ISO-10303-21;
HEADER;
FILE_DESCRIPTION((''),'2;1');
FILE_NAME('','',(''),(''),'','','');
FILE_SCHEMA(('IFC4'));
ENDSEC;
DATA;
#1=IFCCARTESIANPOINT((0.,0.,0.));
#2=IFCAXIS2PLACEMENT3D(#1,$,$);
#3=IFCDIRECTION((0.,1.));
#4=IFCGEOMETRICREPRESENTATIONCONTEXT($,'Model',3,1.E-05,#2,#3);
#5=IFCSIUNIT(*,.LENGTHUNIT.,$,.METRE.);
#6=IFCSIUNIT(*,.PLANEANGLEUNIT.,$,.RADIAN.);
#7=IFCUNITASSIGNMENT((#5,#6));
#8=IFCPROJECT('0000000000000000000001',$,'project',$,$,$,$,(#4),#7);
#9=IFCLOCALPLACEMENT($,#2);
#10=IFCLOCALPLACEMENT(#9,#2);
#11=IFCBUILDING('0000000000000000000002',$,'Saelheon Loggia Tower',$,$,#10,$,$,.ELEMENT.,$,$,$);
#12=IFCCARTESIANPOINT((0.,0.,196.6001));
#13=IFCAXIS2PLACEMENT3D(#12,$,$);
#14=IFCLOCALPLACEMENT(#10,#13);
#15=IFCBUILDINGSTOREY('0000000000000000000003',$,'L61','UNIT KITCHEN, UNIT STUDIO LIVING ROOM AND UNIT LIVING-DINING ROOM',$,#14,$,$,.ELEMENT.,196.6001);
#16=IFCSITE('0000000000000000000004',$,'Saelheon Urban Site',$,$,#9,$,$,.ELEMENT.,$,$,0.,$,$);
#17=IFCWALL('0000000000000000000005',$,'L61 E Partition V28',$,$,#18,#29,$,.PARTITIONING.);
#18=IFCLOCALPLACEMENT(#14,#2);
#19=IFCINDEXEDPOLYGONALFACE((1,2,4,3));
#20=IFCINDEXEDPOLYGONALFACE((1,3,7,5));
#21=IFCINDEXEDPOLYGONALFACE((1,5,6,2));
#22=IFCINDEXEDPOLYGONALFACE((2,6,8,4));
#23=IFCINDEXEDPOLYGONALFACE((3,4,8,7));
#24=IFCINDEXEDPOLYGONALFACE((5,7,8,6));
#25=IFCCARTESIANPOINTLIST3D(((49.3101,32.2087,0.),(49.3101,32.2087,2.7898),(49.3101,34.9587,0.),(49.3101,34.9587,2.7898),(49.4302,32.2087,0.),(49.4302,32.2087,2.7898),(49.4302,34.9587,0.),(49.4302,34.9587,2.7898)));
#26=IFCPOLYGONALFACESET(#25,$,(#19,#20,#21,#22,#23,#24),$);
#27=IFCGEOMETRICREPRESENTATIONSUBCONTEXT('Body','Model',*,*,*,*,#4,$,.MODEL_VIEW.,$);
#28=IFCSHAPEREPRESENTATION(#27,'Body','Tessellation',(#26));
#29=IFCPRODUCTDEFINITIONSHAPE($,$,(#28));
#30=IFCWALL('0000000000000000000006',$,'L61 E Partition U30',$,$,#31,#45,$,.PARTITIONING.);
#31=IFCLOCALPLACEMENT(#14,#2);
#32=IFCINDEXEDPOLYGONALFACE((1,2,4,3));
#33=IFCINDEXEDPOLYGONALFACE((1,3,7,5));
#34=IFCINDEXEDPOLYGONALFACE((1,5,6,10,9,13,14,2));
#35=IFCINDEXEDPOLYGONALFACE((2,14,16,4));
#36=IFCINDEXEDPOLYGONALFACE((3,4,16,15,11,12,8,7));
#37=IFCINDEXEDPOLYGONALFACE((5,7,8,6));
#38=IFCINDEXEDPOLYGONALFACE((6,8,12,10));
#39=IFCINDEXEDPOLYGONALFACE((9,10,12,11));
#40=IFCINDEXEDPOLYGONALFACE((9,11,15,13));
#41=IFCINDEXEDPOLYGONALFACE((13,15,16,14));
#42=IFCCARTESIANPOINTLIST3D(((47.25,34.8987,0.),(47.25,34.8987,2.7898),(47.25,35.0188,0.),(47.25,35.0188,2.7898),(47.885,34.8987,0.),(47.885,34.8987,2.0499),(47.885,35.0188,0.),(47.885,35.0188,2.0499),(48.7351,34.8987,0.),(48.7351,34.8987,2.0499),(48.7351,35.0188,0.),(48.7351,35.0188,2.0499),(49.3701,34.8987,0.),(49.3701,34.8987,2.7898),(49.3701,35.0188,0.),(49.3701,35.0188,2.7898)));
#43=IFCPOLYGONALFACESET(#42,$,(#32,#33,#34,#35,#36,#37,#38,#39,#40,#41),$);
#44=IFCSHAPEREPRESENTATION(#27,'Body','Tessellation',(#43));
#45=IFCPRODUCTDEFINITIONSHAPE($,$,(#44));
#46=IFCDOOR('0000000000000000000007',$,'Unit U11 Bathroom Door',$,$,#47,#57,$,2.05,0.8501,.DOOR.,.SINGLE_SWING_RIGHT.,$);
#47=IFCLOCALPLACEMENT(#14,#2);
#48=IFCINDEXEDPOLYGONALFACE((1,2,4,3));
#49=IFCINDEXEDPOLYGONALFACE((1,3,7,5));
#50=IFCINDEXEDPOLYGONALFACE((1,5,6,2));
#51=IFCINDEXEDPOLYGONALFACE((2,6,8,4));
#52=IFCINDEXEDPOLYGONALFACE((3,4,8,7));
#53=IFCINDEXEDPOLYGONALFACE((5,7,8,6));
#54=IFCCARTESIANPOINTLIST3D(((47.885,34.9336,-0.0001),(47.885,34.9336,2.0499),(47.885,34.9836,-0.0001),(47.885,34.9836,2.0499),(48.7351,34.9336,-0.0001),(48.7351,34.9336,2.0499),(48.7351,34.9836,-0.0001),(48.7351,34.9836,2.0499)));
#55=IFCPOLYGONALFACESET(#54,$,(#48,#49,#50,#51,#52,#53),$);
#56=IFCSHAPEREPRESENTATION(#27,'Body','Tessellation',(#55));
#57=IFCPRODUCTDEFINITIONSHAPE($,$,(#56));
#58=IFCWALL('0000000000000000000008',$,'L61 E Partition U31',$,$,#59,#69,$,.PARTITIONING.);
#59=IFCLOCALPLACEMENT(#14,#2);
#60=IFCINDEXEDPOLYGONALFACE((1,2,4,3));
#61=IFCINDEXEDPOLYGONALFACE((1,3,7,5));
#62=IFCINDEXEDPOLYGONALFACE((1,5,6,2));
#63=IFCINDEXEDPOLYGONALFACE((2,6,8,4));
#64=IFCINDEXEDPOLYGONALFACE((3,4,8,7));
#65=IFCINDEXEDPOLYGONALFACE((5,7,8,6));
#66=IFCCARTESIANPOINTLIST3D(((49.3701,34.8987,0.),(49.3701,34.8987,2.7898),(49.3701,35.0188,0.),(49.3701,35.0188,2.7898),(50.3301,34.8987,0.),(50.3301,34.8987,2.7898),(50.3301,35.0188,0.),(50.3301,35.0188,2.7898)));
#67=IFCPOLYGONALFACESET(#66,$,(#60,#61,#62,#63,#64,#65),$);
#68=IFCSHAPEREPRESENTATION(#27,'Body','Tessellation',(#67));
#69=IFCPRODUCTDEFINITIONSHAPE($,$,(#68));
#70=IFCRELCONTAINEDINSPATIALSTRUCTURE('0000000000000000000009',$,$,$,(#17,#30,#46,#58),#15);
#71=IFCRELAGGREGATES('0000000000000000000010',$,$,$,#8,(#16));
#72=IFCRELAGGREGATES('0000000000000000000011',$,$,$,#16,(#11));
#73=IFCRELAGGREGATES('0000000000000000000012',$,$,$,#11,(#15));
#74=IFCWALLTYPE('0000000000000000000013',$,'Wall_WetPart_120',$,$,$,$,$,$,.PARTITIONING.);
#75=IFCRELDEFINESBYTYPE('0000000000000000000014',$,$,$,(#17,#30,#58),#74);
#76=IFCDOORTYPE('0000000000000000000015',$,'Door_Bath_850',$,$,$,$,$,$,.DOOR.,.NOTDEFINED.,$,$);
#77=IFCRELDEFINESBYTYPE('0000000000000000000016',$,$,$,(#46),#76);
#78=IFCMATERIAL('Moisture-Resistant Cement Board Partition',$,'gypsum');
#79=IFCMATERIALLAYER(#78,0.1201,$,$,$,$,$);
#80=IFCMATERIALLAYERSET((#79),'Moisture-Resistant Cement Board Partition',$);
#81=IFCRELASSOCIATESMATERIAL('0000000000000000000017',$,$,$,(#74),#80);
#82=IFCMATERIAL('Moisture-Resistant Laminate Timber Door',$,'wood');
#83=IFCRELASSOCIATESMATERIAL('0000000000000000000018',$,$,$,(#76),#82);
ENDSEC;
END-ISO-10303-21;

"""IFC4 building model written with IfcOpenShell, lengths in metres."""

from ifc_helpers import new_model, si_unit, direction, frame, frame_2d, origin, place, context, subcontext, project, spatial, rectangle, extrude, source, transform, mapped, material, layer, layer_set, type_object, element, fill, save


model = new_model("IFC4")

# Units and contexts
model_context = context("Model", 3, precision=1e-05, world=origin(), true_north=direction((0.0, 1.0)))
body_context = subcontext(model_context, "Body", "Model", "MODEL_VIEW")
ifc_project = project(units=[si_unit("LENGTHUNIT", "METRE"), si_unit("PLANEANGLEUNIT", "RADIAN")], contexts=[model_context])

# Site, building, storey
site_placement = place(None, origin())
site = spatial("IfcSite", under=ifc_project, at=site_placement, Name="Saelheon Urban Site", CompositionType="ELEMENT", RefElevation=0.0)
building_placement = place(site_placement, origin())
building = spatial("IfcBuilding", under=site, at=building_placement, Name="Saelheon Loggia Tower", CompositionType="ELEMENT")
storey_placement = place(building_placement, frame((0.0, 0.0, 196.6001)))
storey = spatial("IfcBuildingStorey", under=building, at=storey_placement, Name="L61", Description="UNIT KITCHEN, UNIT STUDIO LIVING ROOM AND UNIT LIVING-DINING ROOM", CompositionType="ELEMENT", Elevation=196.6001)

# Wall
ifc_material_1 = material(Name="Moisture-Resistant Cement Board Partition", Category="gypsum")
ifc_layer_1 = layer(ifc_material_1, 0.1201)
ifc_layer_set_1 = layer_set([ifc_layer_1], Name="Moisture-Resistant Cement Board Partition")
wall_type_1 = type_object("IfcWallType", Name="Wall_WetPart_120", PredefinedType="PARTITIONING", material=ifc_layer_set_1)
wall_1_placement = place(storey_placement, frame((49.3701, 32.2087, 0.0), z_axis=(0.0, 0.0, 1.0), x_axis=(0.0, 1.0, 0.0)))
element("IfcWall", 1, at=wall_1_placement, inside=storey, type_object=wall_type_1, Name="L61 E Partition V28", PredefinedType="PARTITIONING", context=body_context, shape_type="SweptSolid", body=[
    extrude(rectangle(XDim=2.75, YDim=0.1201, at=frame_2d((1.375, 0.0))), origin(), (0.0, 0.0, 1.0), 2.7898),
])

# Wall, opening, door
wall_2_placement = place(storey_placement, frame((47.25, 34.9587, 0.0), z_axis=(0.0, 0.0, 1.0), x_axis=(1.0, 0.0, 0.0)))
wall_2 = element("IfcWall", 2, at=wall_2_placement, inside=storey, type_object=wall_type_1, Name="L61 E Partition U30", PredefinedType="PARTITIONING", context=body_context, shape_type="SweptSolid", body=[
    extrude(rectangle(XDim=2.1201, YDim=0.1201, at=frame_2d((1.0601, 0.0))), origin(), (0.0, 0.0, 1.0), 2.7898),
])
opening_1_placement = place(wall_2_placement, frame((0.635, 0.0, 0.0)))
opening_1 = element("IfcOpeningElement", 3, at=opening_1_placement, cuts=wall_2, PredefinedType="OPENING", context=body_context, shape_type="SweptSolid", body=[
    extrude(rectangle(XDim=0.8501, YDim=2.05, at=frame_2d((0.425, 1.0249))), frame((0.0, 0.072, 0.0), z_axis=(0.0, -1.0, 0.0), x_axis=(1.0, 0.0, 0.0)), (0.0, 0.0, 1.0), 0.144),
])
ifc_material_2 = material(Name="Moisture-Resistant Laminate Timber Door", Category="wood")
door_type_1 = type_object("IfcDoorType", Name="Door_Bath_850", OperationType="NOTDEFINED", PredefinedType="DOOR", material=ifc_material_2)
shared_shape_1 = source(origin(), body_context, "Body", "SweptSolid", [
    extrude(rectangle(XDim=0.8501, YDim=2.05, at=frame_2d((0.425, 1.0249))), frame((0.0, 0.0249, 0.0), z_axis=(0.0, -1.0, 0.0), x_axis=(1.0, 0.0, 0.0)), (0.0, 0.0, 1.0), 0.05),
])
door_1_placement = place(opening_1_placement, origin())
door_1 = element("IfcDoor", 4, at=door_1_placement, inside=storey, type_object=door_type_1, Name="Unit U11 Bathroom Door", OperationType="SINGLE_SWING_RIGHT", OverallHeight=2.05, OverallWidth=0.8501, PredefinedType="DOOR", context=body_context, shape_type="MappedRepresentation", body=[
    mapped(shared_shape_1, transform((0.0, 0.0, 0.0), scale=1.0)),
])
fill(opening_1, door_1)

# Wall
wall_3_placement = place(storey_placement, frame((49.3701, 34.9587, 0.0), z_axis=(0.0, 0.0, 1.0), x_axis=(1.0, 0.0, 0.0)))
element("IfcWall", 5, at=wall_3_placement, inside=storey, type_object=wall_type_1, Name="L61 E Partition U31", PredefinedType="PARTITIONING", context=body_context, shape_type="SweptSolid", body=[
    extrude(rectangle(XDim=0.96, YDim=0.1201, at=frame_2d((0.48, 0.0))), origin(), (0.0, 0.0, 1.0), 2.7898),
])

save(model, "model.ifc")
